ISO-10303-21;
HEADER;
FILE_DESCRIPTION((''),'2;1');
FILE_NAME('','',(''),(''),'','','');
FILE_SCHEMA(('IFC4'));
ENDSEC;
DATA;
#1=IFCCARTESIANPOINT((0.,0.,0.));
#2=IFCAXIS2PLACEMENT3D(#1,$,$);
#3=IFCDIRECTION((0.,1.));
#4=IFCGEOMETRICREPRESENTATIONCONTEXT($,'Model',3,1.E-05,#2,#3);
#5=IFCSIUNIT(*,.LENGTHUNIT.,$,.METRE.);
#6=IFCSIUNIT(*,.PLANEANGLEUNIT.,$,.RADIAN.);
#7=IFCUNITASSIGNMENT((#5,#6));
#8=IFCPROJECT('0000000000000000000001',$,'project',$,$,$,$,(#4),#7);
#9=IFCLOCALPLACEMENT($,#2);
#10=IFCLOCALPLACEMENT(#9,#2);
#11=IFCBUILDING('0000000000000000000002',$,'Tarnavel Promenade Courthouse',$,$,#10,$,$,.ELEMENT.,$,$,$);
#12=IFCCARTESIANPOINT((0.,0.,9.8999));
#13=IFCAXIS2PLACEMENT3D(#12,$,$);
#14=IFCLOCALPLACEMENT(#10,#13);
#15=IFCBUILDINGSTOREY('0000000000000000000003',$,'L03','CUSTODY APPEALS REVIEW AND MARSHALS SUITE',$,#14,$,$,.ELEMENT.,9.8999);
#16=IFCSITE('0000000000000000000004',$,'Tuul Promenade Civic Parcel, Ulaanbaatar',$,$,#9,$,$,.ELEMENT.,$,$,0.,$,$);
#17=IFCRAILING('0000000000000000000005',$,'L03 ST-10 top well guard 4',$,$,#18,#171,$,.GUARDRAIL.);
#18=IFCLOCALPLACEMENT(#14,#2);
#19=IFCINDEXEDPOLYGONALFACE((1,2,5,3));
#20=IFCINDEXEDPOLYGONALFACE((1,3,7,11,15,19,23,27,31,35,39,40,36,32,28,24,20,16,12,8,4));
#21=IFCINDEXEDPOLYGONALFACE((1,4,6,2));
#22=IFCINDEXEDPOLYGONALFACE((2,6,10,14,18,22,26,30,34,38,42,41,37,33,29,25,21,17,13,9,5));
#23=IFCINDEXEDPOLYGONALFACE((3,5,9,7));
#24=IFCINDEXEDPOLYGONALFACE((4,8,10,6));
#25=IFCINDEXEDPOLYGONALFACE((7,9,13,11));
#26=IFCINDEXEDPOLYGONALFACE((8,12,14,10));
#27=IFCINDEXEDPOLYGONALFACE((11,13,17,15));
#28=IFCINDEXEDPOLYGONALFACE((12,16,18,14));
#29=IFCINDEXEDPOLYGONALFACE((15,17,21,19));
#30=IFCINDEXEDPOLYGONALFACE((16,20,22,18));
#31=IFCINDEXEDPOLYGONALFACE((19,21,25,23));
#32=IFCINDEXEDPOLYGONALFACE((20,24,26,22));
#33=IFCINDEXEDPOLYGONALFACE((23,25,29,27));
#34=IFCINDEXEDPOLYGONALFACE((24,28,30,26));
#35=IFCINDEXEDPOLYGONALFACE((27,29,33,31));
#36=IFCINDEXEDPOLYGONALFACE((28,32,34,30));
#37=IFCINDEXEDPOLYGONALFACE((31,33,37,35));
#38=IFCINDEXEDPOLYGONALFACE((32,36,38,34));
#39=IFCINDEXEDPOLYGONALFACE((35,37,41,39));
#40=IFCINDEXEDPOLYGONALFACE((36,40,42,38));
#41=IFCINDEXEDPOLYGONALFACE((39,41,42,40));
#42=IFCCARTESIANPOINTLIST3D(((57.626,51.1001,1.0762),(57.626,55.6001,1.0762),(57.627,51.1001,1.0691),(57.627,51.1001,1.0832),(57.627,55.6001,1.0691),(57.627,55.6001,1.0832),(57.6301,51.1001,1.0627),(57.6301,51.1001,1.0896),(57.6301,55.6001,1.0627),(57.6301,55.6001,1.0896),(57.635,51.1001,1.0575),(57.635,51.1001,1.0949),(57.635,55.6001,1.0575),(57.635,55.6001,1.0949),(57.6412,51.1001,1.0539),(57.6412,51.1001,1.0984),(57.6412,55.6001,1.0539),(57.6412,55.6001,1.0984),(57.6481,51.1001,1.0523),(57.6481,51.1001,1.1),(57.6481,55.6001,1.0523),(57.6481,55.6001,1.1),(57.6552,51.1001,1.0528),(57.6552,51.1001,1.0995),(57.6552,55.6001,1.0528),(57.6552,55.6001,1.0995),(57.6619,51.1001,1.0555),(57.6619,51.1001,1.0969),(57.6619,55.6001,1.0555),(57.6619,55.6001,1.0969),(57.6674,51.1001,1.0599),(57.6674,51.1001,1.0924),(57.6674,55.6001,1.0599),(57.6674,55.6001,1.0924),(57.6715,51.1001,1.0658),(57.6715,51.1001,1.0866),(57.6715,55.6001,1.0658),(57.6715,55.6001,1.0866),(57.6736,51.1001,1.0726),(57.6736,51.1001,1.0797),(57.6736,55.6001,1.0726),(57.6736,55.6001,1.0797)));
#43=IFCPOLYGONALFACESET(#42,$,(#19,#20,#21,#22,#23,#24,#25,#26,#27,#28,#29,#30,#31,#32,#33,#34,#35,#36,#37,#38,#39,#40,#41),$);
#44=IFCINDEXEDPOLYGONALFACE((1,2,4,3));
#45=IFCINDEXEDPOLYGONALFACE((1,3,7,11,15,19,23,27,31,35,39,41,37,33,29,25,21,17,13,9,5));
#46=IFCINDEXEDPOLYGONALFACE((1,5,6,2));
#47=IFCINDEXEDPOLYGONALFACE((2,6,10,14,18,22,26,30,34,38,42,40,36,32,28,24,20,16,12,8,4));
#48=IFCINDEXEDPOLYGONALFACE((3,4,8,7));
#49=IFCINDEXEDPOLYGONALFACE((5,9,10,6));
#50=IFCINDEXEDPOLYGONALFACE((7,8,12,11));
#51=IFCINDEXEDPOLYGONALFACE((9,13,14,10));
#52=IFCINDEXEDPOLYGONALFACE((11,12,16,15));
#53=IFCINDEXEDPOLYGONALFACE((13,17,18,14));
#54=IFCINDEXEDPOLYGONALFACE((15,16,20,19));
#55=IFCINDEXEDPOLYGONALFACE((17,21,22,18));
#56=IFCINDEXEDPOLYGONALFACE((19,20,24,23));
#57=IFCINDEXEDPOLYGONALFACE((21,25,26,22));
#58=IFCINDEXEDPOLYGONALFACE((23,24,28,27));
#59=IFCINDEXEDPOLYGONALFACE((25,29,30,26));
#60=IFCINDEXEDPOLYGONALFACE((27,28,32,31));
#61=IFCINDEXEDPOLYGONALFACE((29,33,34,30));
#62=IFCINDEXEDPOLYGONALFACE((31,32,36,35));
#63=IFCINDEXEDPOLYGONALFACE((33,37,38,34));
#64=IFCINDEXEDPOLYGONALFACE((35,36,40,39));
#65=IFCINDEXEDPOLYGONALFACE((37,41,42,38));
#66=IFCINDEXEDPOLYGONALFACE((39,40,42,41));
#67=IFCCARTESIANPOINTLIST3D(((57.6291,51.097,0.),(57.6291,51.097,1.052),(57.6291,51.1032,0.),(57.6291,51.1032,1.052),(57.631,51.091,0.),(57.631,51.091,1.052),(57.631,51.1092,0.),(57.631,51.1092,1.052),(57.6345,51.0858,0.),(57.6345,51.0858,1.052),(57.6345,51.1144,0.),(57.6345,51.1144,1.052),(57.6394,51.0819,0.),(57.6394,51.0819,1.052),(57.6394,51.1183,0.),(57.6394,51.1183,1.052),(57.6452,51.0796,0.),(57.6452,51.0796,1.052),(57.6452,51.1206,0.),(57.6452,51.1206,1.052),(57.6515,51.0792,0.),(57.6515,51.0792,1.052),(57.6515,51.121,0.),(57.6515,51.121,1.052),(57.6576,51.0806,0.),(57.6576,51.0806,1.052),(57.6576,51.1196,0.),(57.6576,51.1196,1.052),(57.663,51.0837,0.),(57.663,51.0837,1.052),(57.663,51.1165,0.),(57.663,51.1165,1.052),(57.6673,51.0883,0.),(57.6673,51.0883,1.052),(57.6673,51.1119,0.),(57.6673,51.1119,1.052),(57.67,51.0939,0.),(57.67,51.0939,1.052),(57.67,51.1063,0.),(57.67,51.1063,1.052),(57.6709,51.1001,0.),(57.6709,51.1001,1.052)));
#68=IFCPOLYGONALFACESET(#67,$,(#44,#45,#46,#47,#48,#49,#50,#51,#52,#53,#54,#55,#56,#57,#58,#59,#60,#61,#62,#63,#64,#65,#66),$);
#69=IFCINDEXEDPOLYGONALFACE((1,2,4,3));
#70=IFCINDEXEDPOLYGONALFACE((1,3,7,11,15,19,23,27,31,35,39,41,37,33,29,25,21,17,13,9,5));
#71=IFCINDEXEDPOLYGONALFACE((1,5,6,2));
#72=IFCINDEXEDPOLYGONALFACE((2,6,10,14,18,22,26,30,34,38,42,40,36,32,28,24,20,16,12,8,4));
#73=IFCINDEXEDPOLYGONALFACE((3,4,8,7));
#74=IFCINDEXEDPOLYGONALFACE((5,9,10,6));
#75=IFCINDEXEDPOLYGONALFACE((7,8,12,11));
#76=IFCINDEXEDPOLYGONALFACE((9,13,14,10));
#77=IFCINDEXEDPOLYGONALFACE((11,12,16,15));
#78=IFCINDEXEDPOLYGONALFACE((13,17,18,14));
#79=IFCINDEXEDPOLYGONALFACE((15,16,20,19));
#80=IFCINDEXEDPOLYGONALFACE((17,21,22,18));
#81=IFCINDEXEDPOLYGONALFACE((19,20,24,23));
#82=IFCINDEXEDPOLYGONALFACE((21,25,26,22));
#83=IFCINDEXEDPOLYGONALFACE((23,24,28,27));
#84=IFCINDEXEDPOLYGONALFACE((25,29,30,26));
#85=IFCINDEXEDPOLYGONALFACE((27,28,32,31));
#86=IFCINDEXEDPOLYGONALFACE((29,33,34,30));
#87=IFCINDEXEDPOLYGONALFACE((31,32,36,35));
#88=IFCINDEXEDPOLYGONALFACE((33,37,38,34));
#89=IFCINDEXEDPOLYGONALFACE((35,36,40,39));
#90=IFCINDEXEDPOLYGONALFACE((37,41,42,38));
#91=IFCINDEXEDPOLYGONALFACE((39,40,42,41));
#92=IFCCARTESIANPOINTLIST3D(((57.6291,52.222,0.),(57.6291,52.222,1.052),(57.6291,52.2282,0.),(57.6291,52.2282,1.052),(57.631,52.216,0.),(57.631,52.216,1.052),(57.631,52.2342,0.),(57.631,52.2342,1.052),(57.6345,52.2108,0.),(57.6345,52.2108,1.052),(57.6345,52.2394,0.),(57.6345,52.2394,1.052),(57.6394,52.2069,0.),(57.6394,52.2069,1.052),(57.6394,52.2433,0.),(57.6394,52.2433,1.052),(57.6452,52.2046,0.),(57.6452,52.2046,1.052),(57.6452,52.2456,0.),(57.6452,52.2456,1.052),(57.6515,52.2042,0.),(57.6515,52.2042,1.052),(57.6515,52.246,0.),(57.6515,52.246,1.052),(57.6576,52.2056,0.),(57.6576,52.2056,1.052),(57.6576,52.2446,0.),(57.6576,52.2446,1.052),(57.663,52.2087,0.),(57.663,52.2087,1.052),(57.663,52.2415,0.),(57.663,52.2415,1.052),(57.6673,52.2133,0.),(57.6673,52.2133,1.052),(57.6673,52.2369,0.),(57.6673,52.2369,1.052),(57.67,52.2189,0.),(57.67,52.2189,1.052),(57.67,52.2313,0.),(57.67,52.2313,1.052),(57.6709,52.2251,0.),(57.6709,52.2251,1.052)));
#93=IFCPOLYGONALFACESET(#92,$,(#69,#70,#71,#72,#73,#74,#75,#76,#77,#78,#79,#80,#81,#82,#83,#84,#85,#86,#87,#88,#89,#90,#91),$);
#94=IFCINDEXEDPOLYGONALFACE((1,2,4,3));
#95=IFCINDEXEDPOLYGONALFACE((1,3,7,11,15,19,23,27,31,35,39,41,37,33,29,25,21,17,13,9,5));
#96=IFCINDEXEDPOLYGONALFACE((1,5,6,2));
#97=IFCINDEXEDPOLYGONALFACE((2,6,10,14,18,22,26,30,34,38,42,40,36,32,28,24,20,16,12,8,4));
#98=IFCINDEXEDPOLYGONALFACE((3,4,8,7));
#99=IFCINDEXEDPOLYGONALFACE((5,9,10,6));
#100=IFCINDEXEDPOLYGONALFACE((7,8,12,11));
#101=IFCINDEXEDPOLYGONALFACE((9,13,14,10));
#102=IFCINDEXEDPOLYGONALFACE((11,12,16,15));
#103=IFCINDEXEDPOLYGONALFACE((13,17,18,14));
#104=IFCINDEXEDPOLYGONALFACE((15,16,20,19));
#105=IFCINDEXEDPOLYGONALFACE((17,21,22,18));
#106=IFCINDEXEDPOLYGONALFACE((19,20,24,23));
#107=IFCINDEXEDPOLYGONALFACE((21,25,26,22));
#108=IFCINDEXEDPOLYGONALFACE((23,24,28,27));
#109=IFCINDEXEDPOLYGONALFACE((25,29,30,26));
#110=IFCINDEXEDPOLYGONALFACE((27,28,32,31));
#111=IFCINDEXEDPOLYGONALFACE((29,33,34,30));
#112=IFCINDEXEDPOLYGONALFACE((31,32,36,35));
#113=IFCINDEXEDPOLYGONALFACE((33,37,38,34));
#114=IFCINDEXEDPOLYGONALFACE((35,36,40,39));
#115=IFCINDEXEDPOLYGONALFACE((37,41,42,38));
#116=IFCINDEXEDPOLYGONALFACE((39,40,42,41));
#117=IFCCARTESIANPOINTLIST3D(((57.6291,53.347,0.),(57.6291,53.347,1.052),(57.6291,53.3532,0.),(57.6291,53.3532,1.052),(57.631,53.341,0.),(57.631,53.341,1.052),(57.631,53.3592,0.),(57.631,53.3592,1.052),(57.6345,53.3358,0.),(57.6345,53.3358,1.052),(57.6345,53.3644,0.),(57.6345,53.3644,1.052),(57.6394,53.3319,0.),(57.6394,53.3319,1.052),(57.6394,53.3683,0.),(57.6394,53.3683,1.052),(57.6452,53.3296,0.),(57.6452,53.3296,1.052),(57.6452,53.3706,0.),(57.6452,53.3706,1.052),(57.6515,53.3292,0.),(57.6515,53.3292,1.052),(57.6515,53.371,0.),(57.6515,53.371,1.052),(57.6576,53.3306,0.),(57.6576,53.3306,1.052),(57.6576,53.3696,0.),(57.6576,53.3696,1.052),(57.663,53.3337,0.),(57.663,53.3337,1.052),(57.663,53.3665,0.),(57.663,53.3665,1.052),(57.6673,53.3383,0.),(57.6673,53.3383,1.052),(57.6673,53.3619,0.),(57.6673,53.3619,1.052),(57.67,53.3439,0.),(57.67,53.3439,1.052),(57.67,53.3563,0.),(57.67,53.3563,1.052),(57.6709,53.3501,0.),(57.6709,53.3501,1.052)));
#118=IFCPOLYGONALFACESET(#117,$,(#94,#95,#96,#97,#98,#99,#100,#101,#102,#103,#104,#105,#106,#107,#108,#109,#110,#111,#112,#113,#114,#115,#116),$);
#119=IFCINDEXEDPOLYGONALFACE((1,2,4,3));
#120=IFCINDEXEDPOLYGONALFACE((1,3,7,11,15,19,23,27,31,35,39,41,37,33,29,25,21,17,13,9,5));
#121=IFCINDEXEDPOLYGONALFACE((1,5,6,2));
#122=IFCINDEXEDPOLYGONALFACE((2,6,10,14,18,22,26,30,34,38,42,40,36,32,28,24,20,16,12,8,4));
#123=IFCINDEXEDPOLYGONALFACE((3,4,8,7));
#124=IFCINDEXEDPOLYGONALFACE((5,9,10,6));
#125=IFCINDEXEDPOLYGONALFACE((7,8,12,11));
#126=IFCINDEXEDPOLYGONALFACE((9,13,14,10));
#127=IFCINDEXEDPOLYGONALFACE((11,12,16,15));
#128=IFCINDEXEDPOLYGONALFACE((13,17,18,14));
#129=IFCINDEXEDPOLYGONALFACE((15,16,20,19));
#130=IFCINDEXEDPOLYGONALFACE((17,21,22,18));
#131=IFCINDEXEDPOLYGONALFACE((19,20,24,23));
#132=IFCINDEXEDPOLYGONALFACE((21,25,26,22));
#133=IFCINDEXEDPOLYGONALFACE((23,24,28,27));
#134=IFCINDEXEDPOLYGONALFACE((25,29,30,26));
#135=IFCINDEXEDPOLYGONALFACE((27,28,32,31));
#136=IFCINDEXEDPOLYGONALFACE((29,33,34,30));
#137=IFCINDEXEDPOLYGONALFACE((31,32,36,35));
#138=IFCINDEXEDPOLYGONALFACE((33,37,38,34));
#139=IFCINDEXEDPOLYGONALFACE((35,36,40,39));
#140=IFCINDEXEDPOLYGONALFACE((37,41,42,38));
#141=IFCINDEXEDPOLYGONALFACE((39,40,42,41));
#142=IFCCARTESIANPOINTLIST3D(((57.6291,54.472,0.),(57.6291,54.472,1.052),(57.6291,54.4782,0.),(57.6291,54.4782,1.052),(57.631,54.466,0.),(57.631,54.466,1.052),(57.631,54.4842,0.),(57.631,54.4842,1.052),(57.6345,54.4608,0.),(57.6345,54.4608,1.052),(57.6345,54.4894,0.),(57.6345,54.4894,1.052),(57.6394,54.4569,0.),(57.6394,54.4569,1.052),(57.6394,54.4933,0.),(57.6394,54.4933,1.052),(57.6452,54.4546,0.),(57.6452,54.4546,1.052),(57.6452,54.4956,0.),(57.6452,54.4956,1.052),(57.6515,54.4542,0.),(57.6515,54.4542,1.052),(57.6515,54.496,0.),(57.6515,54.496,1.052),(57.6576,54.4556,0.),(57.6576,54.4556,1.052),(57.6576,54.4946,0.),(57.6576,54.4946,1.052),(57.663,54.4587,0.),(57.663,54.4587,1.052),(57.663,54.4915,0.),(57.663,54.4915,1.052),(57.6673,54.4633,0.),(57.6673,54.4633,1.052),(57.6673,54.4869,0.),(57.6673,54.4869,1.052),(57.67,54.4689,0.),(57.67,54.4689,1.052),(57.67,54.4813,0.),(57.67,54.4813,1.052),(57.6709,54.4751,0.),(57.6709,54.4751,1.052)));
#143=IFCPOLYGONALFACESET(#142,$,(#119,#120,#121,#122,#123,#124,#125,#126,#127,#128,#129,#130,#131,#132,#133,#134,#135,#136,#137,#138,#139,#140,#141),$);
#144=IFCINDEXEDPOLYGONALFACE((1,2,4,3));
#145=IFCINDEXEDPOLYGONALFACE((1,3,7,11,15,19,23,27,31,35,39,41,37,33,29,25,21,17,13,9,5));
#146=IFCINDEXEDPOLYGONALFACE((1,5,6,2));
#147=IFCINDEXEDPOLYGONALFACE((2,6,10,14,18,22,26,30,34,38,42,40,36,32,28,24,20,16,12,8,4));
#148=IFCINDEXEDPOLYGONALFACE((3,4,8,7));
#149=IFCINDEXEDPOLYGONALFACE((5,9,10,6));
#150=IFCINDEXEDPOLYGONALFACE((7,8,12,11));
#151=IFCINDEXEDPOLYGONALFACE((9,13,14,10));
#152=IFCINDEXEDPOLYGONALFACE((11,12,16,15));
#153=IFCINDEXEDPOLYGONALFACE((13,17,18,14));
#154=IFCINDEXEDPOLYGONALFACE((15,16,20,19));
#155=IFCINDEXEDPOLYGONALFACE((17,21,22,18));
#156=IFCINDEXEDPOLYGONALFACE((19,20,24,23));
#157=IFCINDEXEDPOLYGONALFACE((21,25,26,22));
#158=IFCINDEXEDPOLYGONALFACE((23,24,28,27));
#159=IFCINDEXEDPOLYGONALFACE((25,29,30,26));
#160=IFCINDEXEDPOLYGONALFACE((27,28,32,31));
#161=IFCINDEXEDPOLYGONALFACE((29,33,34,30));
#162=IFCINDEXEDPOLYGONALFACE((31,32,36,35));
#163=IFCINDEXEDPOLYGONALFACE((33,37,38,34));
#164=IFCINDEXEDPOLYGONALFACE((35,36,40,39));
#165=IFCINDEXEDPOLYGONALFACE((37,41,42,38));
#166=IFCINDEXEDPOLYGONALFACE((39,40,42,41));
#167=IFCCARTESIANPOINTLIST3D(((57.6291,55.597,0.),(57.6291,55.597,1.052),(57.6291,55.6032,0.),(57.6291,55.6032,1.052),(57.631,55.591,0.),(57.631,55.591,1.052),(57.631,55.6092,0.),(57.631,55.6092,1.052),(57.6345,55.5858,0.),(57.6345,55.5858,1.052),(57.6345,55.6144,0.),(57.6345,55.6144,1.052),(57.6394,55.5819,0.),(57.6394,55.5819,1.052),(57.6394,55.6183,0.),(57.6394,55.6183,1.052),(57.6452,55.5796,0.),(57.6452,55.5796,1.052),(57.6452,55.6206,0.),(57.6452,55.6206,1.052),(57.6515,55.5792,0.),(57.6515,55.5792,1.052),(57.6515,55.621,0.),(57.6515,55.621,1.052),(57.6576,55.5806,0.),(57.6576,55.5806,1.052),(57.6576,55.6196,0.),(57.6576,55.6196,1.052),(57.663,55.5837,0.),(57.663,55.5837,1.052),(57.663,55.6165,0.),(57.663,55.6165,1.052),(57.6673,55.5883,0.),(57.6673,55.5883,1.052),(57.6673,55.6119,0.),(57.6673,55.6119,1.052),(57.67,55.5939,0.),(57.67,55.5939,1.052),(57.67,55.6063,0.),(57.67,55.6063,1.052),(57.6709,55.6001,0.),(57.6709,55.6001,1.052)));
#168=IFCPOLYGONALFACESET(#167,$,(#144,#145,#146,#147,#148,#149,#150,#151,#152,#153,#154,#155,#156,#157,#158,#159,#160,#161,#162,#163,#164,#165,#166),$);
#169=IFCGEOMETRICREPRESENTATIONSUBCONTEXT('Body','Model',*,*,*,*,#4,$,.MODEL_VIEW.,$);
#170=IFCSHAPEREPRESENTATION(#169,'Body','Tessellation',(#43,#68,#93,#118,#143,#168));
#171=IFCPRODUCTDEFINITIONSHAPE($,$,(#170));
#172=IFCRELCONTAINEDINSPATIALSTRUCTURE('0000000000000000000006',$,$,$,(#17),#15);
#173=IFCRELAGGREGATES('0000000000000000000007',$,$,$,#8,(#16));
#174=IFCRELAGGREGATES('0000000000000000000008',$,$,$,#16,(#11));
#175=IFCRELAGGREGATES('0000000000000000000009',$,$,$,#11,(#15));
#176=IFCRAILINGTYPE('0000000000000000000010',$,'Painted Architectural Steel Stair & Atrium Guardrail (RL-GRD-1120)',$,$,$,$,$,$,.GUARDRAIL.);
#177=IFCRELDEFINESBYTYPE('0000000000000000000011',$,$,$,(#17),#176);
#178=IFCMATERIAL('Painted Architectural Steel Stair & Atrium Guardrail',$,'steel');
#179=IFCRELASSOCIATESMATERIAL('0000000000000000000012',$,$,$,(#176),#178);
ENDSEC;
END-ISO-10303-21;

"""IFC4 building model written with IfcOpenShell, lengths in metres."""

from ifc_helpers import new_model, si_unit, direction, frame, origin, origin_2d, place, context, subcontext, project, spatial, circle, extrude, material, type_object, element, save


model = new_model("IFC4")

# Units and contexts
model_context = context("Model", 3, precision=1e-05, world=origin(), true_north=direction((0.0, 1.0)))
body_context = subcontext(model_context, "Body", "Model", "MODEL_VIEW")
ifc_project = project(units=[si_unit("LENGTHUNIT", "METRE"), si_unit("PLANEANGLEUNIT", "RADIAN")], contexts=[model_context])

# Site, building, storey
site_placement = place(None, origin())
site = spatial("IfcSite", under=ifc_project, at=site_placement, Name="Tuul Promenade Civic Parcel, Ulaanbaatar", CompositionType="ELEMENT", RefElevation=0.0)
building_placement = place(site_placement, origin())
building = spatial("IfcBuilding", under=site, at=building_placement, Name="Tarnavel Promenade Courthouse", CompositionType="ELEMENT")
storey_placement = place(building_placement, frame((0.0, 0.0, 9.8999)))
storey = spatial("IfcBuildingStorey", under=building, at=storey_placement, Name="L03", Description="CUSTODY APPEALS REVIEW AND MARSHALS SUITE", CompositionType="ELEMENT", Elevation=9.8999)

# Railing
ifc_material_1 = material(Name="Painted Architectural Steel Stair & Atrium Guardrail", Category="steel")
railing_type = type_object("IfcRailingType", Name="Painted Architectural Steel Stair & Atrium Guardrail (RL-GRD-1120)", PredefinedType="GUARDRAIL", material=ifc_material_1)
railing_1_placement = place(storey_placement, frame((57.6499, 51.1001, 0.0)))
element("IfcRailing", 1, at=railing_1_placement, inside=storey, type_object=railing_type, Name="L03 ST-10 top well guard 4", PredefinedType="GUARDRAIL", context=body_context, shape_type="SweptSolid", body=[
    extrude(circle(Radius=0.0239, at=origin_2d()), frame((0.0, 0.0, 1.0762), z_axis=(0.0, 1.0, 0.0), x_axis=(-1.0, 0.0, 0.0)), (0.0, 0.0, 1.0), 4.5),
    extrude(circle(Radius=0.021, at=origin_2d()), origin(), (0.0, 0.0, 1.0), 1.052),
    extrude(circle(Radius=0.021, at=origin_2d()), frame((0.0, 1.125, 0.0)), (0.0, 0.0, 1.0), 1.052),
    extrude(circle(Radius=0.021, at=origin_2d()), frame((0.0, 2.25, 0.0)), (0.0, 0.0, 1.0), 1.052),
    extrude(circle(Radius=0.021, at=origin_2d()), frame((0.0, 3.375, 0.0)), (0.0, 0.0, 1.0), 1.052),
    extrude(circle(Radius=0.021, at=origin_2d()), frame((0.0, 4.5, 0.0)), (0.0, 0.0, 1.0), 1.052),
])

save(model, "model.ifc")
